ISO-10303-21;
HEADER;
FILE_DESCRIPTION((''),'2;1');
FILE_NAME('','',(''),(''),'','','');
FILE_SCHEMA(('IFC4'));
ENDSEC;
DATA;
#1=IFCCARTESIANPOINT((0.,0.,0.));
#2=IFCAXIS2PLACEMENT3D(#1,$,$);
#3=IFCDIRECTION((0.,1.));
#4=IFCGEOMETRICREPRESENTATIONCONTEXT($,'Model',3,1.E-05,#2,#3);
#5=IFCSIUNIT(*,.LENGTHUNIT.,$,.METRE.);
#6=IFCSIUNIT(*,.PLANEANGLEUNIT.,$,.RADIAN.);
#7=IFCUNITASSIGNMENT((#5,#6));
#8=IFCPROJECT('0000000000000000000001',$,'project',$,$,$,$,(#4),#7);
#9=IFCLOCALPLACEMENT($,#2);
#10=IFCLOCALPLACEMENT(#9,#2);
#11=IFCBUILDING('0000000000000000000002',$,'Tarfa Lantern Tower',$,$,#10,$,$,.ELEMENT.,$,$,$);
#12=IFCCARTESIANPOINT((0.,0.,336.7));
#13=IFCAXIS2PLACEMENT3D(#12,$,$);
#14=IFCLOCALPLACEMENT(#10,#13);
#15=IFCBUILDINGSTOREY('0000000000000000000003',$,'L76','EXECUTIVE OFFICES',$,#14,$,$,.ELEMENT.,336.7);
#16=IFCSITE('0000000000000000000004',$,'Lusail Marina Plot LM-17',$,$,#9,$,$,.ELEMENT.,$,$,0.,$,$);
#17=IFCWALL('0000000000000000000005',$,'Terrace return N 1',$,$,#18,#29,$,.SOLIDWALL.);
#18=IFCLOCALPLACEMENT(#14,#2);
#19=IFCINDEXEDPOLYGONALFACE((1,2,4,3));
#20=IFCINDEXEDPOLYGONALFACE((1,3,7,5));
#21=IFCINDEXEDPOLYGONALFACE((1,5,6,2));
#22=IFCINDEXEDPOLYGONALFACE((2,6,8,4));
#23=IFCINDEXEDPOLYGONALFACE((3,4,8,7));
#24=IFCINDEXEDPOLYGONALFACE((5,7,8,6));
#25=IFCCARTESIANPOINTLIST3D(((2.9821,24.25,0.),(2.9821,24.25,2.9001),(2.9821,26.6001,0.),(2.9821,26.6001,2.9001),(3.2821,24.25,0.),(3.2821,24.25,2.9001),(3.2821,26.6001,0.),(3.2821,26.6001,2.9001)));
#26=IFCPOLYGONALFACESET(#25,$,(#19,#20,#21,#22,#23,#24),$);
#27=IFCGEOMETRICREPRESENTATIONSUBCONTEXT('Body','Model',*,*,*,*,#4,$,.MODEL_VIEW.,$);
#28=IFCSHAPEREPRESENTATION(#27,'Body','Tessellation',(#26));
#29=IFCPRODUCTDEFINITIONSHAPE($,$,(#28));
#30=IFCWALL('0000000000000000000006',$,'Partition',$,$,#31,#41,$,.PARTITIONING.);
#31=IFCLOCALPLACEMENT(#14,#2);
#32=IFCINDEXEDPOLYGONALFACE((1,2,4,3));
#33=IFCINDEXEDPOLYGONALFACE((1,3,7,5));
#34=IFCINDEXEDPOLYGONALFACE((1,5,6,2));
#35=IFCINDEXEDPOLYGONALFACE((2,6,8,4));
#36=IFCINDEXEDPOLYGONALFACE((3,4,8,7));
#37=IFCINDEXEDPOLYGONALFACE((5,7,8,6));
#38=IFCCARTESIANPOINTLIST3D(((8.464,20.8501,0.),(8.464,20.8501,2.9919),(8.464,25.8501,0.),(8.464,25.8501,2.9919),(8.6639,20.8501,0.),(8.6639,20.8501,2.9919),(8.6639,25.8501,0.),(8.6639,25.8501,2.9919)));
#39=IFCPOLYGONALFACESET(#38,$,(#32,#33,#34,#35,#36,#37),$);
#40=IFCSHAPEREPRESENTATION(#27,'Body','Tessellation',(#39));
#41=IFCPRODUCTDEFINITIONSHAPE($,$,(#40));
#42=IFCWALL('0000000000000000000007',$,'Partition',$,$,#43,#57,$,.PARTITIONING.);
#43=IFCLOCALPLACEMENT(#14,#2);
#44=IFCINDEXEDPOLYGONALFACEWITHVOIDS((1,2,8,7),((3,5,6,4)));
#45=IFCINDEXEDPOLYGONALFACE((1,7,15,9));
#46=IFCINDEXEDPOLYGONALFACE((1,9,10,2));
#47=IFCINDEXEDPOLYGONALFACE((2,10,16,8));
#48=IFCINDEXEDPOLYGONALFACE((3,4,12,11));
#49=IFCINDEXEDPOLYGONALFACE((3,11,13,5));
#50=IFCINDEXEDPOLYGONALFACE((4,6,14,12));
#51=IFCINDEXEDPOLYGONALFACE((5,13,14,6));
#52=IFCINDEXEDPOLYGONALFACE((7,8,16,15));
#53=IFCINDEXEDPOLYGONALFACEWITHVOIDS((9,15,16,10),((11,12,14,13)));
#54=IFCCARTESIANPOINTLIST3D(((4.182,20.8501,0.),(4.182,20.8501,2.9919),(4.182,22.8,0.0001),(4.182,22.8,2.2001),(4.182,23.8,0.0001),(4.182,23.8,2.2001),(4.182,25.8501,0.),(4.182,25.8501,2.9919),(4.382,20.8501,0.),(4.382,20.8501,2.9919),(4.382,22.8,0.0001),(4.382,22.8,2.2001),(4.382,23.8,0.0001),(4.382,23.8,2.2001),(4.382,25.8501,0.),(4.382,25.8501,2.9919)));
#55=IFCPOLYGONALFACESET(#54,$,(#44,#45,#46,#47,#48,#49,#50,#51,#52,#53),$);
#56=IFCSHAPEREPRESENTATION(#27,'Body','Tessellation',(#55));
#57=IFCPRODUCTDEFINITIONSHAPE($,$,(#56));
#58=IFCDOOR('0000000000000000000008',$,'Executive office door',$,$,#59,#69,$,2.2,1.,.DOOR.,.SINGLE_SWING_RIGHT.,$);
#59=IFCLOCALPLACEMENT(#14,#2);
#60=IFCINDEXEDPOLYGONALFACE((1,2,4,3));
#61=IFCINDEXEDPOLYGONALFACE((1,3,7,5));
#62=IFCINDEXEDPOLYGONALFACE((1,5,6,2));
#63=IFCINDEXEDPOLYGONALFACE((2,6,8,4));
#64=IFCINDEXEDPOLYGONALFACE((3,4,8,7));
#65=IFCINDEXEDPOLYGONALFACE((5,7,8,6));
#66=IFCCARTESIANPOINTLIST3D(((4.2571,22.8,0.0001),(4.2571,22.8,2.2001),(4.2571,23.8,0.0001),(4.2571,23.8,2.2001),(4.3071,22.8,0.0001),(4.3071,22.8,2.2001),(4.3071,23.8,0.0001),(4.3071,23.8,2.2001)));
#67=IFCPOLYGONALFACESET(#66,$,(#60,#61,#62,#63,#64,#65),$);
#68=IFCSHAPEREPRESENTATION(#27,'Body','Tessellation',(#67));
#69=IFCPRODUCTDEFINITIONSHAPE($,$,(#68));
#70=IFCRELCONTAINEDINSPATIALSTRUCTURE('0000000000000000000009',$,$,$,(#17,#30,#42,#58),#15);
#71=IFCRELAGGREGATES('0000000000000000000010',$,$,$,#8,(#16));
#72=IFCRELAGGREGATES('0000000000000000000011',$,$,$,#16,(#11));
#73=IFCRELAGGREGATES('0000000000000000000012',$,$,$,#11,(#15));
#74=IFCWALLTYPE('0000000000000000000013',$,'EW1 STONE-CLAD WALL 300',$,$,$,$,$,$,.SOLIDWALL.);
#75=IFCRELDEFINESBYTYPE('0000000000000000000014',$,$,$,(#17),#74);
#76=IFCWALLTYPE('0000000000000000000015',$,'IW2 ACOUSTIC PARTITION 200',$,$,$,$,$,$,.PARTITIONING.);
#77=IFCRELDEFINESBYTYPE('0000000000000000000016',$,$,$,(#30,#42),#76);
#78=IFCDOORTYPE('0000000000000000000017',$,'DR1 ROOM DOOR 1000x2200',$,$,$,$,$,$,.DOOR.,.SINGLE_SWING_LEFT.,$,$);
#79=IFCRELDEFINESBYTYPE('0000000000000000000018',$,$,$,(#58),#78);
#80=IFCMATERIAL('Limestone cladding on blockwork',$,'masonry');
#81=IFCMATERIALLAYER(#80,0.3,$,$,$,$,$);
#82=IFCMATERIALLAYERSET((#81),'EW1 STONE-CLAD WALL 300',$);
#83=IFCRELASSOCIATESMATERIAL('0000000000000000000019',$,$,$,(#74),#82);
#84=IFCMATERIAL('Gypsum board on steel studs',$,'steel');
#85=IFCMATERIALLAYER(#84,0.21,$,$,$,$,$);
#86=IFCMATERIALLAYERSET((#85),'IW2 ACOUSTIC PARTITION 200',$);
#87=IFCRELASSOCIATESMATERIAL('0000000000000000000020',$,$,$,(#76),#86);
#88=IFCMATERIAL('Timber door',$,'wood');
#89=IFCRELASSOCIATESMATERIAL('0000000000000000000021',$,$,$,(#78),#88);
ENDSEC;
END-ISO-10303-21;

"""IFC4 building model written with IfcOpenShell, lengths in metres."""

from ifc_helpers import new_model, si_unit, direction, frame, frame_2d, origin, place, context, subcontext, project, spatial, rectangle, extrude, material, layer, layer_set, type_object, element, fill, save


model = new_model("IFC4")

# Units and contexts
model_context = context("Model", 3, precision=1e-05, world=origin(), true_north=direction((0.0, 1.0)))
body_context = subcontext(model_context, "Body", "Model", "MODEL_VIEW")
ifc_project = project(units=[si_unit("LENGTHUNIT", "METRE"), si_unit("PLANEANGLEUNIT", "RADIAN")], contexts=[model_context])

# Site, building, storey
site_placement = place(None, origin())
site = spatial("IfcSite", under=ifc_project, at=site_placement, Name="Lusail Marina Plot LM-17", CompositionType="ELEMENT", RefElevation=0.0)
building_placement = place(site_placement, origin())
building = spatial("IfcBuilding", under=site, at=building_placement, Name="Tarfa Lantern Tower", CompositionType="ELEMENT")
storey_placement = place(building_placement, frame((0.0, 0.0, 336.7)))
storey = spatial("IfcBuildingStorey", under=building, at=storey_placement, Name="L76", Description="EXECUTIVE OFFICES", CompositionType="ELEMENT", Elevation=336.7)

# Shared definitions
ifc_material_1 = material(Name="Limestone cladding on blockwork", Category="masonry")
ifc_layer_1 = layer(ifc_material_1, 0.3)
ifc_layer_set_1 = layer_set([ifc_layer_1], Name="EW1 STONE-CLAD WALL 300")
wall_type_1 = type_object("IfcWallType", Name="EW1 STONE-CLAD WALL 300", PredefinedType="SOLIDWALL", material=ifc_layer_set_1)

# Wall
wall_1_placement = place(storey_placement, frame((3.1321, 26.6001, 0.0), z_axis=(0.0, 0.0, 1.0), x_axis=(0.0, -1.0, 0.0)))
element("IfcWall", 1, at=wall_1_placement, inside=storey, type_object=wall_type_1, Name="Terrace return N 1", PredefinedType="SOLIDWALL", context=body_context, shape_type="SweptSolid", body=[
    extrude(rectangle(XDim=2.3501, YDim=0.3, at=frame_2d((1.175, 0.0))), origin(), (0.0, 0.0, 1.0), 2.9001),
])

# Wall
ifc_material_2 = material(Name="Gypsum board on steel studs", Category="steel")
ifc_layer_2 = layer(ifc_material_2, 0.21)
ifc_layer_set_2 = layer_set([ifc_layer_2], Name="IW2 ACOUSTIC PARTITION 200")
wall_type_2 = type_object("IfcWallType", Name="IW2 ACOUSTIC PARTITION 200", PredefinedType="PARTITIONING", material=ifc_layer_set_2)
wall_2_placement = place(storey_placement, frame((8.564, 20.8501, 0.0), z_axis=(0.0, 0.0, 1.0), x_axis=(0.0, 1.0, 0.0)))
element("IfcWall", 2, at=wall_2_placement, inside=storey, type_object=wall_type_2, Name="Partition", PredefinedType="PARTITIONING", context=body_context, shape_type="SweptSolid", body=[
    extrude(rectangle(XDim=5.0, YDim=0.2, at=frame_2d((2.5, 0.0))), origin(), (0.0, 0.0, 1.0), 2.9919),
])

# Wall, opening, door
wall_3_placement = place(storey_placement, frame((4.282, 20.8501, 0.0), z_axis=(0.0, 0.0, 1.0), x_axis=(0.0, 1.0, 0.0)))
wall_3 = element("IfcWall", 3, at=wall_3_placement, inside=storey, type_object=wall_type_2, Name="Partition", PredefinedType="PARTITIONING", context=body_context, shape_type="SweptSolid", body=[
    extrude(rectangle(XDim=5.0, YDim=0.2, at=frame_2d((2.5, 0.0))), origin(), (0.0, 0.0, 1.0), 2.9919),
])
opening_1_placement = place(wall_3_placement, frame((1.95, 0.0, 0.0)))
opening_1 = element("IfcOpeningElement", 4, at=opening_1_placement, cuts=wall_3, PredefinedType="OPENING", context=body_context, shape_type="SweptSolid", body=[
    extrude(rectangle(XDim=1.0, YDim=2.2, at=frame_2d((0.5, 1.1001))), frame((0.0, 0.1099, 0.0), z_axis=(0.0, -1.0, 0.0), x_axis=(1.0, 0.0, 0.0)), (0.0, 0.0, 1.0), 0.22),
])
ifc_material_3 = material(Name="Timber door", Category="wood")
door_type_1 = type_object("IfcDoorType", Name="DR1 ROOM DOOR 1000x2200", OperationType="SINGLE_SWING_LEFT", PredefinedType="DOOR", material=ifc_material_3)
door_1_placement = place(opening_1_placement, origin())
door_1 = element("IfcDoor", 5, at=door_1_placement, inside=storey, type_object=door_type_1, Name="Executive office door", OperationType="SINGLE_SWING_RIGHT", OverallHeight=2.2, OverallWidth=1.0, PredefinedType="DOOR", context=body_context, shape_type="SweptSolid", body=[
    extrude(rectangle(XDim=1.0, YDim=2.2, at=frame_2d((0.5, 1.1001))), frame((0.0, 0.0249, 0.0), z_axis=(0.0, -1.0, 0.0), x_axis=(1.0, 0.0, 0.0)), (0.0, 0.0, 1.0), 0.05),
])
fill(opening_1, door_1)

save(model, "model.ifc")
